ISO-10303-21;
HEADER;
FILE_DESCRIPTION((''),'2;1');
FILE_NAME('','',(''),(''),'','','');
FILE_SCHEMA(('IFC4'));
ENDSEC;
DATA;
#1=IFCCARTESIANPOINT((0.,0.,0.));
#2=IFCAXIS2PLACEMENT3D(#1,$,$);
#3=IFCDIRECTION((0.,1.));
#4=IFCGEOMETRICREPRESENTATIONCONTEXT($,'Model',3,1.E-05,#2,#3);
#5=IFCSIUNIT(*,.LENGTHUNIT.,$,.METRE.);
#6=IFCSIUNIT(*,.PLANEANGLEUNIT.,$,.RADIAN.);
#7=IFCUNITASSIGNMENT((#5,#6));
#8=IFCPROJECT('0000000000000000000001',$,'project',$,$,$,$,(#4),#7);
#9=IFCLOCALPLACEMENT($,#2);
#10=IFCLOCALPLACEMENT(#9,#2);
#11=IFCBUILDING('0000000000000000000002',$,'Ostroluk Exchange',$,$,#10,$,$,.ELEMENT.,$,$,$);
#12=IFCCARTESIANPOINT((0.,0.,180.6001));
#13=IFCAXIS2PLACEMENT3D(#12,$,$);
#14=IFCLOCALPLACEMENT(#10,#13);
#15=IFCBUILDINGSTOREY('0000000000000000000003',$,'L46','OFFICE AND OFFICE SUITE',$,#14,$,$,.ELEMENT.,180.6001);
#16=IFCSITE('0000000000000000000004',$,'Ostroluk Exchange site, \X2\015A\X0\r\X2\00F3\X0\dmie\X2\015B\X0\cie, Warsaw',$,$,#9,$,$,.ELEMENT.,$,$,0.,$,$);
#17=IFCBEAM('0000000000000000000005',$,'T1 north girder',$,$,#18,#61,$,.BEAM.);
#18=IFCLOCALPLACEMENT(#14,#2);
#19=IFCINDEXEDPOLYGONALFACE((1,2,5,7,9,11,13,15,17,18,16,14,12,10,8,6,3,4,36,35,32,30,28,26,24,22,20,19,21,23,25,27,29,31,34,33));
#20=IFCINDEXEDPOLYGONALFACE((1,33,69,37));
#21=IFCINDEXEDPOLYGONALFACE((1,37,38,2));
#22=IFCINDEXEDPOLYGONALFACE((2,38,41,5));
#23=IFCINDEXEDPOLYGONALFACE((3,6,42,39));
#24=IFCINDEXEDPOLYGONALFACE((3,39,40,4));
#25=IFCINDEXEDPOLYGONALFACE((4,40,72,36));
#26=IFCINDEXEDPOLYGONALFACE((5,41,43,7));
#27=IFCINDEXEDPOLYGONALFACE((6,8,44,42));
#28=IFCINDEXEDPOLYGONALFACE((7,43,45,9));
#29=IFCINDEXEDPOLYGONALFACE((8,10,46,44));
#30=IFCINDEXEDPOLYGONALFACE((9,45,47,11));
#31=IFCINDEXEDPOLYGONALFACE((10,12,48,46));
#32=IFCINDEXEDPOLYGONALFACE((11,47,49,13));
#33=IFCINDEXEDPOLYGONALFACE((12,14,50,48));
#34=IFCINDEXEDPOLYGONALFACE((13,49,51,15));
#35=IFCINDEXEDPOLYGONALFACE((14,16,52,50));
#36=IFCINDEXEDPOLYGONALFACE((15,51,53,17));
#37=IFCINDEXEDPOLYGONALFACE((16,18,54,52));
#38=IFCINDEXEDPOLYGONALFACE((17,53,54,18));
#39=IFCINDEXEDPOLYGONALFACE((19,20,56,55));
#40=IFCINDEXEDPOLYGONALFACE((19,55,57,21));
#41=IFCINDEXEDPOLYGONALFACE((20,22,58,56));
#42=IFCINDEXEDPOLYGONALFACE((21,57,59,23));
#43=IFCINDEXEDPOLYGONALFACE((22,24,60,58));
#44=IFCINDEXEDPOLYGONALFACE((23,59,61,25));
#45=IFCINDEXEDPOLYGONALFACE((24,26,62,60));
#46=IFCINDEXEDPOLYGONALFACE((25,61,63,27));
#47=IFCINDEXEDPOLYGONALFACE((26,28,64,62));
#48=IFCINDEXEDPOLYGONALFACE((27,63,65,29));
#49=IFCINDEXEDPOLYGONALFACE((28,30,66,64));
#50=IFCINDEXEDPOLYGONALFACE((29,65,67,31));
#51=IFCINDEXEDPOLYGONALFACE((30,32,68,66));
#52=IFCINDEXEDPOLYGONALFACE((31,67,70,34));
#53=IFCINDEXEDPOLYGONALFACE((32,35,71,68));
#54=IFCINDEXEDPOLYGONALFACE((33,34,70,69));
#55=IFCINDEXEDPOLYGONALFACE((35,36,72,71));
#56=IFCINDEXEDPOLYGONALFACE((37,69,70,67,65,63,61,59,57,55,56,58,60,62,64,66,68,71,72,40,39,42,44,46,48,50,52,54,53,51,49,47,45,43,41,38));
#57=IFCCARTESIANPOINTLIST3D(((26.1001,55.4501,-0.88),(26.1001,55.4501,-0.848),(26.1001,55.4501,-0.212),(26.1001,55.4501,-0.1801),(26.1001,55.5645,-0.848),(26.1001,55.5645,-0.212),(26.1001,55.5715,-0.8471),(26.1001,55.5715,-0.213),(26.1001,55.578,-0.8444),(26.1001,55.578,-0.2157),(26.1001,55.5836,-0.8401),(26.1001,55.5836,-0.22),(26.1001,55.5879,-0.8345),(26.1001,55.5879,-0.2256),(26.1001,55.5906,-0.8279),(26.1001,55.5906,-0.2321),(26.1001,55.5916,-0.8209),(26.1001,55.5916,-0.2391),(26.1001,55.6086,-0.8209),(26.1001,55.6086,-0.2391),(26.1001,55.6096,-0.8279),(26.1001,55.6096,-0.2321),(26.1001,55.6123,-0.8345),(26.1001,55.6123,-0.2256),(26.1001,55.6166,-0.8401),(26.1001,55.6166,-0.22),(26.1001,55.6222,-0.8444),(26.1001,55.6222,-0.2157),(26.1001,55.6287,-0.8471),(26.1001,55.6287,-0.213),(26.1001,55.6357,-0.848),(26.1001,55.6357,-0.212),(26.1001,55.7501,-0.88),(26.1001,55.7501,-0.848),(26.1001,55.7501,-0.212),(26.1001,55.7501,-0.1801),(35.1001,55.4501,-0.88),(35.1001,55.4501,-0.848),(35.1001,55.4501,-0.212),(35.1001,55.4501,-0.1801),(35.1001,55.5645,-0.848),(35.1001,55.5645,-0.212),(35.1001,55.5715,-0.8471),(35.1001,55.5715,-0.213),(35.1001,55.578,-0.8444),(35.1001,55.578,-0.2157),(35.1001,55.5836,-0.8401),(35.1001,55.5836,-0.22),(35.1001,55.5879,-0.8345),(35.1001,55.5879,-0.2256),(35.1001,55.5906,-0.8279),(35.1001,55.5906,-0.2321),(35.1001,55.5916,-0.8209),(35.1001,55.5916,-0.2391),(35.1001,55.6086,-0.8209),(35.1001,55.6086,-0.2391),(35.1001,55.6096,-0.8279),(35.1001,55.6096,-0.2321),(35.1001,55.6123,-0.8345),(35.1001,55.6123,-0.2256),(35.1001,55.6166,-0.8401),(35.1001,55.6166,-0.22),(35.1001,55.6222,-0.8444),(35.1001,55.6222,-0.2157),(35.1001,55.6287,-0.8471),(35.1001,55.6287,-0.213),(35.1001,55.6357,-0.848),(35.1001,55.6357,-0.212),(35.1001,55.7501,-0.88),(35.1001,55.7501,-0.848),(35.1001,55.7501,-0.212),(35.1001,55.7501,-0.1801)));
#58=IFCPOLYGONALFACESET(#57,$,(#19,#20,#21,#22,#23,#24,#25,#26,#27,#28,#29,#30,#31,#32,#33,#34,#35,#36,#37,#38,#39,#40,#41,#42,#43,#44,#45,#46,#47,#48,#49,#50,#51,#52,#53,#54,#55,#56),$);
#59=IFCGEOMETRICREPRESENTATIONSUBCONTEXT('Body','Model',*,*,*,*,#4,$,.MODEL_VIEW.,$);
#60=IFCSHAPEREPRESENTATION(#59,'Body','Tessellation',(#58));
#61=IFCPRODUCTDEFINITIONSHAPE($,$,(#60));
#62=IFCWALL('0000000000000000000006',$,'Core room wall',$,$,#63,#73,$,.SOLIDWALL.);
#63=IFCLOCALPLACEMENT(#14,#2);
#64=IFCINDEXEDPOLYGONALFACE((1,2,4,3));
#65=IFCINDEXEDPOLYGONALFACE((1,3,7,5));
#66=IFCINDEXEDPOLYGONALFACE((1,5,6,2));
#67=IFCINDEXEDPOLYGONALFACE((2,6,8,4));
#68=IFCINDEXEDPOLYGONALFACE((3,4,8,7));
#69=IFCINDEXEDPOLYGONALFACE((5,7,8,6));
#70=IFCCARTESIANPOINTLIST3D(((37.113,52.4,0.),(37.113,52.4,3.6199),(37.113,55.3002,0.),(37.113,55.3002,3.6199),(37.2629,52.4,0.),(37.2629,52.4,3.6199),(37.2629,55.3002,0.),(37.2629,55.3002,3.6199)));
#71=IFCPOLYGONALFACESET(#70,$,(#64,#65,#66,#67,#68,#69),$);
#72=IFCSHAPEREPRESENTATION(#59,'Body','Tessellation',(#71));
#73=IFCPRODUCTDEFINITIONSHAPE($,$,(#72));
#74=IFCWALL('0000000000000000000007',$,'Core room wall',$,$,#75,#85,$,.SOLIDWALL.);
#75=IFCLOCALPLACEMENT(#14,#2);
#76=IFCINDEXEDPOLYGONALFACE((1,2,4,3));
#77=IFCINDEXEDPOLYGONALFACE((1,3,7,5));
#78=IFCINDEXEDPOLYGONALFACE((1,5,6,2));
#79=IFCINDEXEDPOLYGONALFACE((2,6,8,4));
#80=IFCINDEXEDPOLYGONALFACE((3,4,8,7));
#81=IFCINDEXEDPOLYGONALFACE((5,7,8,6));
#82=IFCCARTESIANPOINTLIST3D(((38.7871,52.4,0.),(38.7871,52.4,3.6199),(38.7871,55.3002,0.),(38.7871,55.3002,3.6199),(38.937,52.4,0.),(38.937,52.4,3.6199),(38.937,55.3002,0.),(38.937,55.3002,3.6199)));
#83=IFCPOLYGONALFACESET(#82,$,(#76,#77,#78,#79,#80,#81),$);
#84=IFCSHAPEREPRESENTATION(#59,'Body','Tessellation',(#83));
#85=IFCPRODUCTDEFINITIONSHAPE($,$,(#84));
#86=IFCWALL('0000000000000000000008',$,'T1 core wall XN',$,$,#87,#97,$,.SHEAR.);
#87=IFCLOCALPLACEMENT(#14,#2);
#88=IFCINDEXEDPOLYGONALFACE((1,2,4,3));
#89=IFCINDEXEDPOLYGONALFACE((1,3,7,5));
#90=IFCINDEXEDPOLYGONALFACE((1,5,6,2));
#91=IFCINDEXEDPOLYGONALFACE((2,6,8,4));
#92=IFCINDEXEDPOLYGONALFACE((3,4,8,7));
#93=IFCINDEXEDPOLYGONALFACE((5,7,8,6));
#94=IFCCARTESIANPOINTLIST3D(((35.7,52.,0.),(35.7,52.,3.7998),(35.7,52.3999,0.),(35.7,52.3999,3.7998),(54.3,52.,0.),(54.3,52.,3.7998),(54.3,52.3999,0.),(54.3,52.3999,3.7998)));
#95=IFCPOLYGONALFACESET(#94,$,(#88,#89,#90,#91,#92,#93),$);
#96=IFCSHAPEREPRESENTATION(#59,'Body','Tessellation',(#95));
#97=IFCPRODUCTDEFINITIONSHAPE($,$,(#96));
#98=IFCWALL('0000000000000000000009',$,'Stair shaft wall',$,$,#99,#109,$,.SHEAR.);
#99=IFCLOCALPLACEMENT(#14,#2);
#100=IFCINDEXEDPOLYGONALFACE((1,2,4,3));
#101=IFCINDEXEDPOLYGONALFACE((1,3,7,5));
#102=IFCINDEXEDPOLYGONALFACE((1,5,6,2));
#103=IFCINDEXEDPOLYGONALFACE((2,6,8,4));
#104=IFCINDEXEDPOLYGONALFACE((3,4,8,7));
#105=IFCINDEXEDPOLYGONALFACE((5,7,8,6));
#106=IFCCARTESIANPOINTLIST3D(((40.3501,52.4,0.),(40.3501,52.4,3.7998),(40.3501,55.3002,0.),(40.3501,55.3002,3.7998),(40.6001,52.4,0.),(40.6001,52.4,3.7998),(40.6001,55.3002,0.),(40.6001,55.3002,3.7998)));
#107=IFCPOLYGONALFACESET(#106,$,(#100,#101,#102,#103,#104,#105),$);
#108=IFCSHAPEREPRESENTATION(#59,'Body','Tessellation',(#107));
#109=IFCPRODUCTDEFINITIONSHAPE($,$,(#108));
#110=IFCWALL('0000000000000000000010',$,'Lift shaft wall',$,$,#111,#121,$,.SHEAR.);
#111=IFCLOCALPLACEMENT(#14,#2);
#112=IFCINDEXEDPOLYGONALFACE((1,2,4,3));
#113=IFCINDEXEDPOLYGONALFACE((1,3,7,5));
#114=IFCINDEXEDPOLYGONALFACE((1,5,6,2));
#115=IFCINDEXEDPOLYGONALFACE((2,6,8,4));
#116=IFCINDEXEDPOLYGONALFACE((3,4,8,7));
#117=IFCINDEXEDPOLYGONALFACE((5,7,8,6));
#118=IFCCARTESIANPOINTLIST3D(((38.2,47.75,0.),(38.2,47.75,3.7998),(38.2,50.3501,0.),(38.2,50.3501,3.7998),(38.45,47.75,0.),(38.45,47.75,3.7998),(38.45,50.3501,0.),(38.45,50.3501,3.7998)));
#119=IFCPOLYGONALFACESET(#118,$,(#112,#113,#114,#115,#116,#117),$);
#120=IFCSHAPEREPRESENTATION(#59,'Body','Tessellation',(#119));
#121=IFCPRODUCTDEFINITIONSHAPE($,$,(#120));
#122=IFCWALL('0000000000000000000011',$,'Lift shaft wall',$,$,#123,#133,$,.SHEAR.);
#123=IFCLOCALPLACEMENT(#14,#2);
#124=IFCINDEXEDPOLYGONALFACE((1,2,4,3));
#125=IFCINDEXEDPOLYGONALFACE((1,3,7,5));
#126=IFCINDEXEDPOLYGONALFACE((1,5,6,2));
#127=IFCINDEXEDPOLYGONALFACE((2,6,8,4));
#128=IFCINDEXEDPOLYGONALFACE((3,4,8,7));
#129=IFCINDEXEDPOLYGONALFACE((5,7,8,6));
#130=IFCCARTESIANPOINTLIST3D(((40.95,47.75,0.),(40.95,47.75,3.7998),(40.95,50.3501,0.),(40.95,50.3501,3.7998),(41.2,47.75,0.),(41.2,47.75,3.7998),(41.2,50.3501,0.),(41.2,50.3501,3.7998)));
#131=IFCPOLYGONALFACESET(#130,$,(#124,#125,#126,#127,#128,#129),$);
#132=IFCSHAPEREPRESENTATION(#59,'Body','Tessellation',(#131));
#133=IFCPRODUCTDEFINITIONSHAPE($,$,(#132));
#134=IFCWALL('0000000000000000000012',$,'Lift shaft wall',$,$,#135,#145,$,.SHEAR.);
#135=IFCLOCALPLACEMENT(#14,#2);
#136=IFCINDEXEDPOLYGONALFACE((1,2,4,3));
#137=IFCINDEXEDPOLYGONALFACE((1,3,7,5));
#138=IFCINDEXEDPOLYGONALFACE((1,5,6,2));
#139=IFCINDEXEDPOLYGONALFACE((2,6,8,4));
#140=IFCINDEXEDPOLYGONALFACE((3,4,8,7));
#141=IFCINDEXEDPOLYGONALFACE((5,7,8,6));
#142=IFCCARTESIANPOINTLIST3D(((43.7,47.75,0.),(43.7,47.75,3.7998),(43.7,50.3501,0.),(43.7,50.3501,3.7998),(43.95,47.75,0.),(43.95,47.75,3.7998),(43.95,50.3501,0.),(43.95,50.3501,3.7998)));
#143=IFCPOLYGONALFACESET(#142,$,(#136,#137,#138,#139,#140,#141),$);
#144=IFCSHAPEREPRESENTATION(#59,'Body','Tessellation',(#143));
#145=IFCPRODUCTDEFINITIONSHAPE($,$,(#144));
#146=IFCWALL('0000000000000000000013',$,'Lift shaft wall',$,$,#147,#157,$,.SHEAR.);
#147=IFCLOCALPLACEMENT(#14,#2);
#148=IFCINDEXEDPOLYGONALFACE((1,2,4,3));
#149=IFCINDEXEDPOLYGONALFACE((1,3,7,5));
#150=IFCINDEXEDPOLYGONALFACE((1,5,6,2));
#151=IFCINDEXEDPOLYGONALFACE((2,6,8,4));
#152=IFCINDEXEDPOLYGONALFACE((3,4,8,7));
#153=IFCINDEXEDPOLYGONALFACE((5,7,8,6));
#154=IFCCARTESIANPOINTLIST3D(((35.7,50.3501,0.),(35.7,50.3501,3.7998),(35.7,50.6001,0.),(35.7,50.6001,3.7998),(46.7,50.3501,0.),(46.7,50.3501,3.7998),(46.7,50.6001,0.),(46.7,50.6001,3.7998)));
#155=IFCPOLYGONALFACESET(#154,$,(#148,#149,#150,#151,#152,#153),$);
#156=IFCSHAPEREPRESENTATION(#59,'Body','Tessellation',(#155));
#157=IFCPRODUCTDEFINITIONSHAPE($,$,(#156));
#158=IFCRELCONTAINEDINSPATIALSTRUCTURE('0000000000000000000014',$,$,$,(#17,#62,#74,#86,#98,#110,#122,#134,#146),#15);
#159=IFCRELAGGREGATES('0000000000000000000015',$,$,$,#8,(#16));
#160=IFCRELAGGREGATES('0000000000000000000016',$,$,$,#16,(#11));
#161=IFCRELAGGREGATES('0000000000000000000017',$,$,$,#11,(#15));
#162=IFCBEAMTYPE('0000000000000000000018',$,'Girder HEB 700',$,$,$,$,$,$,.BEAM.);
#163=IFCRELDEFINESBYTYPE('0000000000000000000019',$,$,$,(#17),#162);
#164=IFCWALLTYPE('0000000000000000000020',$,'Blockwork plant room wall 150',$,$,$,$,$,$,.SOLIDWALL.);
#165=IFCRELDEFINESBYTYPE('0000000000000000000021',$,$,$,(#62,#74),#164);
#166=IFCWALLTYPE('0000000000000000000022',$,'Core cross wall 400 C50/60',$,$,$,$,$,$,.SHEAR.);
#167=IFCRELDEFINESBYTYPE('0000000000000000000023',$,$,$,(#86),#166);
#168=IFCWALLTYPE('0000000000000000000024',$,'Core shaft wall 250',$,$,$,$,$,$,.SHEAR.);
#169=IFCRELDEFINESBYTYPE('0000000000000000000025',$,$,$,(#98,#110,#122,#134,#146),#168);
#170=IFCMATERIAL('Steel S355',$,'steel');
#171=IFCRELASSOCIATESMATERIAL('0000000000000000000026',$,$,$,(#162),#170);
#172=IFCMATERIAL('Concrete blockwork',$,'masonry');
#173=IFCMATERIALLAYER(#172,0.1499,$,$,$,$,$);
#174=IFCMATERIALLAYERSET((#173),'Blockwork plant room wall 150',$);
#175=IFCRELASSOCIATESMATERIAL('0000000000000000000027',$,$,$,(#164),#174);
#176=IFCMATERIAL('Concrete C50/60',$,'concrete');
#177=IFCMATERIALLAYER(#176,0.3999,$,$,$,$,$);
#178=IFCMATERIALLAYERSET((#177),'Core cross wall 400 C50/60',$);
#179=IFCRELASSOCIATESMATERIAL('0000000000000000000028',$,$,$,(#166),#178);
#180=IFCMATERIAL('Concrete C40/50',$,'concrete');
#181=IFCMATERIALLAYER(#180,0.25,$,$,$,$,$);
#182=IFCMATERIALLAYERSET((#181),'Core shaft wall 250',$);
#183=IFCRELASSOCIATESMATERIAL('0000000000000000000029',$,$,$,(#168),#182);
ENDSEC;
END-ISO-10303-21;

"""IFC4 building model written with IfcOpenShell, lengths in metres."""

from ifc_helpers import new_model, si_unit, direction, frame, frame_2d, origin, origin_2d, place, context, subcontext, project, spatial, rectangle, i_section, extrude, material, layer, layer_set, material_profile, profile_set, type_object, element, save


model = new_model("IFC4")

# Units and contexts
model_context = context("Model", 3, precision=1e-05, world=origin(), true_north=direction((0.0, 1.0)))
body_context = subcontext(model_context, "Body", "Model", "MODEL_VIEW")
ifc_project = project(units=[si_unit("LENGTHUNIT", "METRE"), si_unit("PLANEANGLEUNIT", "RADIAN")], contexts=[model_context])

# Site, building, storey
site_placement = place(None, origin())
site = spatial("IfcSite", under=ifc_project, at=site_placement, Name="Ostroluk Exchange site, Śródmieście, Warsaw", CompositionType="ELEMENT", RefElevation=0.0)
building_placement = place(site_placement, origin())
building = spatial("IfcBuilding", under=site, at=building_placement, Name="Ostroluk Exchange", CompositionType="ELEMENT")
storey_placement = place(building_placement, frame((0.0, 0.0, 180.6001)))
storey = spatial("IfcBuildingStorey", under=building, at=storey_placement, Name="L46", Description="OFFICE AND OFFICE SUITE", CompositionType="ELEMENT", Elevation=180.6001)

# Beam
ifc_material_1 = material(Name="Steel S355", Category="steel")
ifc_material_profile_1 = material_profile(ifc_material_1, i_section(OverallWidth=0.3, OverallDepth=0.7, WebThickness=0.0171, FlangeThickness=0.032, FilletRadius=0.0271, at=origin_2d()), Name="HEB 700")
ifc_profile_set_1 = profile_set([ifc_material_profile_1], Name="Steel S355")
beam_type_1 = type_object("IfcBeamType", Name="Girder HEB 700", PredefinedType="BEAM", material=ifc_profile_set_1)
beam_1_placement = place(storey_placement, frame((35.1001, 55.6001, -0.53), z_axis=(-1.0, 0.0, 0.0), x_axis=(0.0, -1.0, 0.0)))
element("IfcBeam", 1, at=beam_1_placement, inside=storey, type_object=beam_type_1, Name="T1 north girder", PredefinedType="BEAM", context=body_context, shape_type="SweptSolid", body=[
    extrude(i_section(OverallWidth=0.3, OverallDepth=0.7, WebThickness=0.0171, FlangeThickness=0.032, FilletRadius=0.0271, at=origin_2d()), origin(), (0.0, 0.0, 1.0), 9.0),
])

# Walls
ifc_material_2 = material(Name="Concrete blockwork", Category="masonry")
ifc_layer_1 = layer(ifc_material_2, 0.1499)
ifc_layer_set_1 = layer_set([ifc_layer_1], Name="Blockwork plant room wall 150")
wall_type_1 = type_object("IfcWallType", Name="Blockwork plant room wall 150", PredefinedType="SOLIDWALL", material=ifc_layer_set_1)
for number, where, z_axis, x_axis, name in (
    (2, (37.188, 52.3999, 0.0), (0.0, 0.0, 1.0), (0.0, 1.0, 0.0), "Core room wall"),
    (3, (38.8621, 52.3999, 0.0), (0.0, 0.0, 1.0), (0.0, 1.0, 0.0), "Core room wall"),
):
    element("IfcWall", number, at=place(storey_placement, frame(where, z_axis=z_axis, x_axis=x_axis)), inside=storey, type_object=wall_type_1, Name=name, PredefinedType="SOLIDWALL", context=body_context, shape_type="SweptSolid", body=[
        extrude(rectangle(XDim=2.9001, YDim=0.1499, at=frame_2d((1.4502, 0.0))), origin(), (0.0, 0.0, 1.0), 3.6199),
    ])
ifc_material_3 = material(Name="Concrete C50/60", Category="concrete")
ifc_layer_2 = layer(ifc_material_3, 0.3999)
ifc_layer_set_2 = layer_set([ifc_layer_2], Name="Core cross wall 400 C50/60")
wall_type_2 = type_object("IfcWallType", Name="Core cross wall 400 C50/60", PredefinedType="SHEAR", material=ifc_layer_set_2)
wall_1_placement = place(storey_placement, frame((35.7, 52.2, 0.0), z_axis=(0.0, 0.0, 1.0), x_axis=(1.0, 0.0, 0.0)))
element("IfcWall", 4, at=wall_1_placement, inside=storey, type_object=wall_type_2, Name="T1 core wall XN", PredefinedType="SHEAR", context=body_context, shape_type="SweptSolid", body=[
    extrude(rectangle(XDim=18.6001, YDim=0.3999, at=frame_2d((9.3, 0.0))), origin(), (0.0, 0.0, 1.0), 3.7998),
])
ifc_material_4 = material(Name="Concrete C40/50", Category="concrete")
ifc_layer_3 = layer(ifc_material_4, 0.25)
ifc_layer_set_3 = layer_set([ifc_layer_3], Name="Core shaft wall 250")
wall_type_3 = type_object("IfcWallType", Name="Core shaft wall 250", PredefinedType="SHEAR", material=ifc_layer_set_3)
wall_2_placement = place(storey_placement, frame((40.4751, 52.3999, 0.0), z_axis=(0.0, 0.0, 1.0), x_axis=(0.0, 1.0, 0.0)))
element("IfcWall", 5, at=wall_2_placement, inside=storey, type_object=wall_type_3, Name="Stair shaft wall", PredefinedType="SHEAR", context=body_context, shape_type="SweptSolid", body=[
    extrude(rectangle(XDim=2.9001, YDim=0.25, at=frame_2d((1.4502, 0.0))), origin(), (0.0, 0.0, 1.0), 3.7998),
])
for number, where, z_axis, x_axis, name in (
    (6, (38.325, 47.75, 0.0), (0.0, 0.0, 1.0), (0.0, 1.0, 0.0), "Lift shaft wall"),
    (7, (41.075, 47.75, 0.0), (0.0, 0.0, 1.0), (0.0, 1.0, 0.0), "Lift shaft wall"),
    (8, (43.825, 47.75, 0.0), (0.0, 0.0, 1.0), (0.0, 1.0, 0.0), "Lift shaft wall"),
):
    element("IfcWall", number, at=place(storey_placement, frame(where, z_axis=z_axis, x_axis=x_axis)), inside=storey, type_object=wall_type_3, Name=name, PredefinedType="SHEAR", context=body_context, shape_type="SweptSolid", body=[
        extrude(rectangle(XDim=2.6001, YDim=0.25, at=frame_2d((1.3, 0.0))), origin(), (0.0, 0.0, 1.0), 3.7998),
    ])
wall_3_placement = place(storey_placement, frame((35.7, 50.4751, 0.0), z_axis=(0.0, 0.0, 1.0), x_axis=(1.0, 0.0, 0.0)))
element("IfcWall", 9, at=wall_3_placement, inside=storey, type_object=wall_type_3, Name="Lift shaft wall", PredefinedType="SHEAR", context=body_context, shape_type="SweptSolid", body=[
    extrude(rectangle(XDim=11.0, YDim=0.25, at=frame_2d((5.5, 0.0))), origin(), (0.0, 0.0, 1.0), 3.7998),
])

save(model, "model.ifc")
